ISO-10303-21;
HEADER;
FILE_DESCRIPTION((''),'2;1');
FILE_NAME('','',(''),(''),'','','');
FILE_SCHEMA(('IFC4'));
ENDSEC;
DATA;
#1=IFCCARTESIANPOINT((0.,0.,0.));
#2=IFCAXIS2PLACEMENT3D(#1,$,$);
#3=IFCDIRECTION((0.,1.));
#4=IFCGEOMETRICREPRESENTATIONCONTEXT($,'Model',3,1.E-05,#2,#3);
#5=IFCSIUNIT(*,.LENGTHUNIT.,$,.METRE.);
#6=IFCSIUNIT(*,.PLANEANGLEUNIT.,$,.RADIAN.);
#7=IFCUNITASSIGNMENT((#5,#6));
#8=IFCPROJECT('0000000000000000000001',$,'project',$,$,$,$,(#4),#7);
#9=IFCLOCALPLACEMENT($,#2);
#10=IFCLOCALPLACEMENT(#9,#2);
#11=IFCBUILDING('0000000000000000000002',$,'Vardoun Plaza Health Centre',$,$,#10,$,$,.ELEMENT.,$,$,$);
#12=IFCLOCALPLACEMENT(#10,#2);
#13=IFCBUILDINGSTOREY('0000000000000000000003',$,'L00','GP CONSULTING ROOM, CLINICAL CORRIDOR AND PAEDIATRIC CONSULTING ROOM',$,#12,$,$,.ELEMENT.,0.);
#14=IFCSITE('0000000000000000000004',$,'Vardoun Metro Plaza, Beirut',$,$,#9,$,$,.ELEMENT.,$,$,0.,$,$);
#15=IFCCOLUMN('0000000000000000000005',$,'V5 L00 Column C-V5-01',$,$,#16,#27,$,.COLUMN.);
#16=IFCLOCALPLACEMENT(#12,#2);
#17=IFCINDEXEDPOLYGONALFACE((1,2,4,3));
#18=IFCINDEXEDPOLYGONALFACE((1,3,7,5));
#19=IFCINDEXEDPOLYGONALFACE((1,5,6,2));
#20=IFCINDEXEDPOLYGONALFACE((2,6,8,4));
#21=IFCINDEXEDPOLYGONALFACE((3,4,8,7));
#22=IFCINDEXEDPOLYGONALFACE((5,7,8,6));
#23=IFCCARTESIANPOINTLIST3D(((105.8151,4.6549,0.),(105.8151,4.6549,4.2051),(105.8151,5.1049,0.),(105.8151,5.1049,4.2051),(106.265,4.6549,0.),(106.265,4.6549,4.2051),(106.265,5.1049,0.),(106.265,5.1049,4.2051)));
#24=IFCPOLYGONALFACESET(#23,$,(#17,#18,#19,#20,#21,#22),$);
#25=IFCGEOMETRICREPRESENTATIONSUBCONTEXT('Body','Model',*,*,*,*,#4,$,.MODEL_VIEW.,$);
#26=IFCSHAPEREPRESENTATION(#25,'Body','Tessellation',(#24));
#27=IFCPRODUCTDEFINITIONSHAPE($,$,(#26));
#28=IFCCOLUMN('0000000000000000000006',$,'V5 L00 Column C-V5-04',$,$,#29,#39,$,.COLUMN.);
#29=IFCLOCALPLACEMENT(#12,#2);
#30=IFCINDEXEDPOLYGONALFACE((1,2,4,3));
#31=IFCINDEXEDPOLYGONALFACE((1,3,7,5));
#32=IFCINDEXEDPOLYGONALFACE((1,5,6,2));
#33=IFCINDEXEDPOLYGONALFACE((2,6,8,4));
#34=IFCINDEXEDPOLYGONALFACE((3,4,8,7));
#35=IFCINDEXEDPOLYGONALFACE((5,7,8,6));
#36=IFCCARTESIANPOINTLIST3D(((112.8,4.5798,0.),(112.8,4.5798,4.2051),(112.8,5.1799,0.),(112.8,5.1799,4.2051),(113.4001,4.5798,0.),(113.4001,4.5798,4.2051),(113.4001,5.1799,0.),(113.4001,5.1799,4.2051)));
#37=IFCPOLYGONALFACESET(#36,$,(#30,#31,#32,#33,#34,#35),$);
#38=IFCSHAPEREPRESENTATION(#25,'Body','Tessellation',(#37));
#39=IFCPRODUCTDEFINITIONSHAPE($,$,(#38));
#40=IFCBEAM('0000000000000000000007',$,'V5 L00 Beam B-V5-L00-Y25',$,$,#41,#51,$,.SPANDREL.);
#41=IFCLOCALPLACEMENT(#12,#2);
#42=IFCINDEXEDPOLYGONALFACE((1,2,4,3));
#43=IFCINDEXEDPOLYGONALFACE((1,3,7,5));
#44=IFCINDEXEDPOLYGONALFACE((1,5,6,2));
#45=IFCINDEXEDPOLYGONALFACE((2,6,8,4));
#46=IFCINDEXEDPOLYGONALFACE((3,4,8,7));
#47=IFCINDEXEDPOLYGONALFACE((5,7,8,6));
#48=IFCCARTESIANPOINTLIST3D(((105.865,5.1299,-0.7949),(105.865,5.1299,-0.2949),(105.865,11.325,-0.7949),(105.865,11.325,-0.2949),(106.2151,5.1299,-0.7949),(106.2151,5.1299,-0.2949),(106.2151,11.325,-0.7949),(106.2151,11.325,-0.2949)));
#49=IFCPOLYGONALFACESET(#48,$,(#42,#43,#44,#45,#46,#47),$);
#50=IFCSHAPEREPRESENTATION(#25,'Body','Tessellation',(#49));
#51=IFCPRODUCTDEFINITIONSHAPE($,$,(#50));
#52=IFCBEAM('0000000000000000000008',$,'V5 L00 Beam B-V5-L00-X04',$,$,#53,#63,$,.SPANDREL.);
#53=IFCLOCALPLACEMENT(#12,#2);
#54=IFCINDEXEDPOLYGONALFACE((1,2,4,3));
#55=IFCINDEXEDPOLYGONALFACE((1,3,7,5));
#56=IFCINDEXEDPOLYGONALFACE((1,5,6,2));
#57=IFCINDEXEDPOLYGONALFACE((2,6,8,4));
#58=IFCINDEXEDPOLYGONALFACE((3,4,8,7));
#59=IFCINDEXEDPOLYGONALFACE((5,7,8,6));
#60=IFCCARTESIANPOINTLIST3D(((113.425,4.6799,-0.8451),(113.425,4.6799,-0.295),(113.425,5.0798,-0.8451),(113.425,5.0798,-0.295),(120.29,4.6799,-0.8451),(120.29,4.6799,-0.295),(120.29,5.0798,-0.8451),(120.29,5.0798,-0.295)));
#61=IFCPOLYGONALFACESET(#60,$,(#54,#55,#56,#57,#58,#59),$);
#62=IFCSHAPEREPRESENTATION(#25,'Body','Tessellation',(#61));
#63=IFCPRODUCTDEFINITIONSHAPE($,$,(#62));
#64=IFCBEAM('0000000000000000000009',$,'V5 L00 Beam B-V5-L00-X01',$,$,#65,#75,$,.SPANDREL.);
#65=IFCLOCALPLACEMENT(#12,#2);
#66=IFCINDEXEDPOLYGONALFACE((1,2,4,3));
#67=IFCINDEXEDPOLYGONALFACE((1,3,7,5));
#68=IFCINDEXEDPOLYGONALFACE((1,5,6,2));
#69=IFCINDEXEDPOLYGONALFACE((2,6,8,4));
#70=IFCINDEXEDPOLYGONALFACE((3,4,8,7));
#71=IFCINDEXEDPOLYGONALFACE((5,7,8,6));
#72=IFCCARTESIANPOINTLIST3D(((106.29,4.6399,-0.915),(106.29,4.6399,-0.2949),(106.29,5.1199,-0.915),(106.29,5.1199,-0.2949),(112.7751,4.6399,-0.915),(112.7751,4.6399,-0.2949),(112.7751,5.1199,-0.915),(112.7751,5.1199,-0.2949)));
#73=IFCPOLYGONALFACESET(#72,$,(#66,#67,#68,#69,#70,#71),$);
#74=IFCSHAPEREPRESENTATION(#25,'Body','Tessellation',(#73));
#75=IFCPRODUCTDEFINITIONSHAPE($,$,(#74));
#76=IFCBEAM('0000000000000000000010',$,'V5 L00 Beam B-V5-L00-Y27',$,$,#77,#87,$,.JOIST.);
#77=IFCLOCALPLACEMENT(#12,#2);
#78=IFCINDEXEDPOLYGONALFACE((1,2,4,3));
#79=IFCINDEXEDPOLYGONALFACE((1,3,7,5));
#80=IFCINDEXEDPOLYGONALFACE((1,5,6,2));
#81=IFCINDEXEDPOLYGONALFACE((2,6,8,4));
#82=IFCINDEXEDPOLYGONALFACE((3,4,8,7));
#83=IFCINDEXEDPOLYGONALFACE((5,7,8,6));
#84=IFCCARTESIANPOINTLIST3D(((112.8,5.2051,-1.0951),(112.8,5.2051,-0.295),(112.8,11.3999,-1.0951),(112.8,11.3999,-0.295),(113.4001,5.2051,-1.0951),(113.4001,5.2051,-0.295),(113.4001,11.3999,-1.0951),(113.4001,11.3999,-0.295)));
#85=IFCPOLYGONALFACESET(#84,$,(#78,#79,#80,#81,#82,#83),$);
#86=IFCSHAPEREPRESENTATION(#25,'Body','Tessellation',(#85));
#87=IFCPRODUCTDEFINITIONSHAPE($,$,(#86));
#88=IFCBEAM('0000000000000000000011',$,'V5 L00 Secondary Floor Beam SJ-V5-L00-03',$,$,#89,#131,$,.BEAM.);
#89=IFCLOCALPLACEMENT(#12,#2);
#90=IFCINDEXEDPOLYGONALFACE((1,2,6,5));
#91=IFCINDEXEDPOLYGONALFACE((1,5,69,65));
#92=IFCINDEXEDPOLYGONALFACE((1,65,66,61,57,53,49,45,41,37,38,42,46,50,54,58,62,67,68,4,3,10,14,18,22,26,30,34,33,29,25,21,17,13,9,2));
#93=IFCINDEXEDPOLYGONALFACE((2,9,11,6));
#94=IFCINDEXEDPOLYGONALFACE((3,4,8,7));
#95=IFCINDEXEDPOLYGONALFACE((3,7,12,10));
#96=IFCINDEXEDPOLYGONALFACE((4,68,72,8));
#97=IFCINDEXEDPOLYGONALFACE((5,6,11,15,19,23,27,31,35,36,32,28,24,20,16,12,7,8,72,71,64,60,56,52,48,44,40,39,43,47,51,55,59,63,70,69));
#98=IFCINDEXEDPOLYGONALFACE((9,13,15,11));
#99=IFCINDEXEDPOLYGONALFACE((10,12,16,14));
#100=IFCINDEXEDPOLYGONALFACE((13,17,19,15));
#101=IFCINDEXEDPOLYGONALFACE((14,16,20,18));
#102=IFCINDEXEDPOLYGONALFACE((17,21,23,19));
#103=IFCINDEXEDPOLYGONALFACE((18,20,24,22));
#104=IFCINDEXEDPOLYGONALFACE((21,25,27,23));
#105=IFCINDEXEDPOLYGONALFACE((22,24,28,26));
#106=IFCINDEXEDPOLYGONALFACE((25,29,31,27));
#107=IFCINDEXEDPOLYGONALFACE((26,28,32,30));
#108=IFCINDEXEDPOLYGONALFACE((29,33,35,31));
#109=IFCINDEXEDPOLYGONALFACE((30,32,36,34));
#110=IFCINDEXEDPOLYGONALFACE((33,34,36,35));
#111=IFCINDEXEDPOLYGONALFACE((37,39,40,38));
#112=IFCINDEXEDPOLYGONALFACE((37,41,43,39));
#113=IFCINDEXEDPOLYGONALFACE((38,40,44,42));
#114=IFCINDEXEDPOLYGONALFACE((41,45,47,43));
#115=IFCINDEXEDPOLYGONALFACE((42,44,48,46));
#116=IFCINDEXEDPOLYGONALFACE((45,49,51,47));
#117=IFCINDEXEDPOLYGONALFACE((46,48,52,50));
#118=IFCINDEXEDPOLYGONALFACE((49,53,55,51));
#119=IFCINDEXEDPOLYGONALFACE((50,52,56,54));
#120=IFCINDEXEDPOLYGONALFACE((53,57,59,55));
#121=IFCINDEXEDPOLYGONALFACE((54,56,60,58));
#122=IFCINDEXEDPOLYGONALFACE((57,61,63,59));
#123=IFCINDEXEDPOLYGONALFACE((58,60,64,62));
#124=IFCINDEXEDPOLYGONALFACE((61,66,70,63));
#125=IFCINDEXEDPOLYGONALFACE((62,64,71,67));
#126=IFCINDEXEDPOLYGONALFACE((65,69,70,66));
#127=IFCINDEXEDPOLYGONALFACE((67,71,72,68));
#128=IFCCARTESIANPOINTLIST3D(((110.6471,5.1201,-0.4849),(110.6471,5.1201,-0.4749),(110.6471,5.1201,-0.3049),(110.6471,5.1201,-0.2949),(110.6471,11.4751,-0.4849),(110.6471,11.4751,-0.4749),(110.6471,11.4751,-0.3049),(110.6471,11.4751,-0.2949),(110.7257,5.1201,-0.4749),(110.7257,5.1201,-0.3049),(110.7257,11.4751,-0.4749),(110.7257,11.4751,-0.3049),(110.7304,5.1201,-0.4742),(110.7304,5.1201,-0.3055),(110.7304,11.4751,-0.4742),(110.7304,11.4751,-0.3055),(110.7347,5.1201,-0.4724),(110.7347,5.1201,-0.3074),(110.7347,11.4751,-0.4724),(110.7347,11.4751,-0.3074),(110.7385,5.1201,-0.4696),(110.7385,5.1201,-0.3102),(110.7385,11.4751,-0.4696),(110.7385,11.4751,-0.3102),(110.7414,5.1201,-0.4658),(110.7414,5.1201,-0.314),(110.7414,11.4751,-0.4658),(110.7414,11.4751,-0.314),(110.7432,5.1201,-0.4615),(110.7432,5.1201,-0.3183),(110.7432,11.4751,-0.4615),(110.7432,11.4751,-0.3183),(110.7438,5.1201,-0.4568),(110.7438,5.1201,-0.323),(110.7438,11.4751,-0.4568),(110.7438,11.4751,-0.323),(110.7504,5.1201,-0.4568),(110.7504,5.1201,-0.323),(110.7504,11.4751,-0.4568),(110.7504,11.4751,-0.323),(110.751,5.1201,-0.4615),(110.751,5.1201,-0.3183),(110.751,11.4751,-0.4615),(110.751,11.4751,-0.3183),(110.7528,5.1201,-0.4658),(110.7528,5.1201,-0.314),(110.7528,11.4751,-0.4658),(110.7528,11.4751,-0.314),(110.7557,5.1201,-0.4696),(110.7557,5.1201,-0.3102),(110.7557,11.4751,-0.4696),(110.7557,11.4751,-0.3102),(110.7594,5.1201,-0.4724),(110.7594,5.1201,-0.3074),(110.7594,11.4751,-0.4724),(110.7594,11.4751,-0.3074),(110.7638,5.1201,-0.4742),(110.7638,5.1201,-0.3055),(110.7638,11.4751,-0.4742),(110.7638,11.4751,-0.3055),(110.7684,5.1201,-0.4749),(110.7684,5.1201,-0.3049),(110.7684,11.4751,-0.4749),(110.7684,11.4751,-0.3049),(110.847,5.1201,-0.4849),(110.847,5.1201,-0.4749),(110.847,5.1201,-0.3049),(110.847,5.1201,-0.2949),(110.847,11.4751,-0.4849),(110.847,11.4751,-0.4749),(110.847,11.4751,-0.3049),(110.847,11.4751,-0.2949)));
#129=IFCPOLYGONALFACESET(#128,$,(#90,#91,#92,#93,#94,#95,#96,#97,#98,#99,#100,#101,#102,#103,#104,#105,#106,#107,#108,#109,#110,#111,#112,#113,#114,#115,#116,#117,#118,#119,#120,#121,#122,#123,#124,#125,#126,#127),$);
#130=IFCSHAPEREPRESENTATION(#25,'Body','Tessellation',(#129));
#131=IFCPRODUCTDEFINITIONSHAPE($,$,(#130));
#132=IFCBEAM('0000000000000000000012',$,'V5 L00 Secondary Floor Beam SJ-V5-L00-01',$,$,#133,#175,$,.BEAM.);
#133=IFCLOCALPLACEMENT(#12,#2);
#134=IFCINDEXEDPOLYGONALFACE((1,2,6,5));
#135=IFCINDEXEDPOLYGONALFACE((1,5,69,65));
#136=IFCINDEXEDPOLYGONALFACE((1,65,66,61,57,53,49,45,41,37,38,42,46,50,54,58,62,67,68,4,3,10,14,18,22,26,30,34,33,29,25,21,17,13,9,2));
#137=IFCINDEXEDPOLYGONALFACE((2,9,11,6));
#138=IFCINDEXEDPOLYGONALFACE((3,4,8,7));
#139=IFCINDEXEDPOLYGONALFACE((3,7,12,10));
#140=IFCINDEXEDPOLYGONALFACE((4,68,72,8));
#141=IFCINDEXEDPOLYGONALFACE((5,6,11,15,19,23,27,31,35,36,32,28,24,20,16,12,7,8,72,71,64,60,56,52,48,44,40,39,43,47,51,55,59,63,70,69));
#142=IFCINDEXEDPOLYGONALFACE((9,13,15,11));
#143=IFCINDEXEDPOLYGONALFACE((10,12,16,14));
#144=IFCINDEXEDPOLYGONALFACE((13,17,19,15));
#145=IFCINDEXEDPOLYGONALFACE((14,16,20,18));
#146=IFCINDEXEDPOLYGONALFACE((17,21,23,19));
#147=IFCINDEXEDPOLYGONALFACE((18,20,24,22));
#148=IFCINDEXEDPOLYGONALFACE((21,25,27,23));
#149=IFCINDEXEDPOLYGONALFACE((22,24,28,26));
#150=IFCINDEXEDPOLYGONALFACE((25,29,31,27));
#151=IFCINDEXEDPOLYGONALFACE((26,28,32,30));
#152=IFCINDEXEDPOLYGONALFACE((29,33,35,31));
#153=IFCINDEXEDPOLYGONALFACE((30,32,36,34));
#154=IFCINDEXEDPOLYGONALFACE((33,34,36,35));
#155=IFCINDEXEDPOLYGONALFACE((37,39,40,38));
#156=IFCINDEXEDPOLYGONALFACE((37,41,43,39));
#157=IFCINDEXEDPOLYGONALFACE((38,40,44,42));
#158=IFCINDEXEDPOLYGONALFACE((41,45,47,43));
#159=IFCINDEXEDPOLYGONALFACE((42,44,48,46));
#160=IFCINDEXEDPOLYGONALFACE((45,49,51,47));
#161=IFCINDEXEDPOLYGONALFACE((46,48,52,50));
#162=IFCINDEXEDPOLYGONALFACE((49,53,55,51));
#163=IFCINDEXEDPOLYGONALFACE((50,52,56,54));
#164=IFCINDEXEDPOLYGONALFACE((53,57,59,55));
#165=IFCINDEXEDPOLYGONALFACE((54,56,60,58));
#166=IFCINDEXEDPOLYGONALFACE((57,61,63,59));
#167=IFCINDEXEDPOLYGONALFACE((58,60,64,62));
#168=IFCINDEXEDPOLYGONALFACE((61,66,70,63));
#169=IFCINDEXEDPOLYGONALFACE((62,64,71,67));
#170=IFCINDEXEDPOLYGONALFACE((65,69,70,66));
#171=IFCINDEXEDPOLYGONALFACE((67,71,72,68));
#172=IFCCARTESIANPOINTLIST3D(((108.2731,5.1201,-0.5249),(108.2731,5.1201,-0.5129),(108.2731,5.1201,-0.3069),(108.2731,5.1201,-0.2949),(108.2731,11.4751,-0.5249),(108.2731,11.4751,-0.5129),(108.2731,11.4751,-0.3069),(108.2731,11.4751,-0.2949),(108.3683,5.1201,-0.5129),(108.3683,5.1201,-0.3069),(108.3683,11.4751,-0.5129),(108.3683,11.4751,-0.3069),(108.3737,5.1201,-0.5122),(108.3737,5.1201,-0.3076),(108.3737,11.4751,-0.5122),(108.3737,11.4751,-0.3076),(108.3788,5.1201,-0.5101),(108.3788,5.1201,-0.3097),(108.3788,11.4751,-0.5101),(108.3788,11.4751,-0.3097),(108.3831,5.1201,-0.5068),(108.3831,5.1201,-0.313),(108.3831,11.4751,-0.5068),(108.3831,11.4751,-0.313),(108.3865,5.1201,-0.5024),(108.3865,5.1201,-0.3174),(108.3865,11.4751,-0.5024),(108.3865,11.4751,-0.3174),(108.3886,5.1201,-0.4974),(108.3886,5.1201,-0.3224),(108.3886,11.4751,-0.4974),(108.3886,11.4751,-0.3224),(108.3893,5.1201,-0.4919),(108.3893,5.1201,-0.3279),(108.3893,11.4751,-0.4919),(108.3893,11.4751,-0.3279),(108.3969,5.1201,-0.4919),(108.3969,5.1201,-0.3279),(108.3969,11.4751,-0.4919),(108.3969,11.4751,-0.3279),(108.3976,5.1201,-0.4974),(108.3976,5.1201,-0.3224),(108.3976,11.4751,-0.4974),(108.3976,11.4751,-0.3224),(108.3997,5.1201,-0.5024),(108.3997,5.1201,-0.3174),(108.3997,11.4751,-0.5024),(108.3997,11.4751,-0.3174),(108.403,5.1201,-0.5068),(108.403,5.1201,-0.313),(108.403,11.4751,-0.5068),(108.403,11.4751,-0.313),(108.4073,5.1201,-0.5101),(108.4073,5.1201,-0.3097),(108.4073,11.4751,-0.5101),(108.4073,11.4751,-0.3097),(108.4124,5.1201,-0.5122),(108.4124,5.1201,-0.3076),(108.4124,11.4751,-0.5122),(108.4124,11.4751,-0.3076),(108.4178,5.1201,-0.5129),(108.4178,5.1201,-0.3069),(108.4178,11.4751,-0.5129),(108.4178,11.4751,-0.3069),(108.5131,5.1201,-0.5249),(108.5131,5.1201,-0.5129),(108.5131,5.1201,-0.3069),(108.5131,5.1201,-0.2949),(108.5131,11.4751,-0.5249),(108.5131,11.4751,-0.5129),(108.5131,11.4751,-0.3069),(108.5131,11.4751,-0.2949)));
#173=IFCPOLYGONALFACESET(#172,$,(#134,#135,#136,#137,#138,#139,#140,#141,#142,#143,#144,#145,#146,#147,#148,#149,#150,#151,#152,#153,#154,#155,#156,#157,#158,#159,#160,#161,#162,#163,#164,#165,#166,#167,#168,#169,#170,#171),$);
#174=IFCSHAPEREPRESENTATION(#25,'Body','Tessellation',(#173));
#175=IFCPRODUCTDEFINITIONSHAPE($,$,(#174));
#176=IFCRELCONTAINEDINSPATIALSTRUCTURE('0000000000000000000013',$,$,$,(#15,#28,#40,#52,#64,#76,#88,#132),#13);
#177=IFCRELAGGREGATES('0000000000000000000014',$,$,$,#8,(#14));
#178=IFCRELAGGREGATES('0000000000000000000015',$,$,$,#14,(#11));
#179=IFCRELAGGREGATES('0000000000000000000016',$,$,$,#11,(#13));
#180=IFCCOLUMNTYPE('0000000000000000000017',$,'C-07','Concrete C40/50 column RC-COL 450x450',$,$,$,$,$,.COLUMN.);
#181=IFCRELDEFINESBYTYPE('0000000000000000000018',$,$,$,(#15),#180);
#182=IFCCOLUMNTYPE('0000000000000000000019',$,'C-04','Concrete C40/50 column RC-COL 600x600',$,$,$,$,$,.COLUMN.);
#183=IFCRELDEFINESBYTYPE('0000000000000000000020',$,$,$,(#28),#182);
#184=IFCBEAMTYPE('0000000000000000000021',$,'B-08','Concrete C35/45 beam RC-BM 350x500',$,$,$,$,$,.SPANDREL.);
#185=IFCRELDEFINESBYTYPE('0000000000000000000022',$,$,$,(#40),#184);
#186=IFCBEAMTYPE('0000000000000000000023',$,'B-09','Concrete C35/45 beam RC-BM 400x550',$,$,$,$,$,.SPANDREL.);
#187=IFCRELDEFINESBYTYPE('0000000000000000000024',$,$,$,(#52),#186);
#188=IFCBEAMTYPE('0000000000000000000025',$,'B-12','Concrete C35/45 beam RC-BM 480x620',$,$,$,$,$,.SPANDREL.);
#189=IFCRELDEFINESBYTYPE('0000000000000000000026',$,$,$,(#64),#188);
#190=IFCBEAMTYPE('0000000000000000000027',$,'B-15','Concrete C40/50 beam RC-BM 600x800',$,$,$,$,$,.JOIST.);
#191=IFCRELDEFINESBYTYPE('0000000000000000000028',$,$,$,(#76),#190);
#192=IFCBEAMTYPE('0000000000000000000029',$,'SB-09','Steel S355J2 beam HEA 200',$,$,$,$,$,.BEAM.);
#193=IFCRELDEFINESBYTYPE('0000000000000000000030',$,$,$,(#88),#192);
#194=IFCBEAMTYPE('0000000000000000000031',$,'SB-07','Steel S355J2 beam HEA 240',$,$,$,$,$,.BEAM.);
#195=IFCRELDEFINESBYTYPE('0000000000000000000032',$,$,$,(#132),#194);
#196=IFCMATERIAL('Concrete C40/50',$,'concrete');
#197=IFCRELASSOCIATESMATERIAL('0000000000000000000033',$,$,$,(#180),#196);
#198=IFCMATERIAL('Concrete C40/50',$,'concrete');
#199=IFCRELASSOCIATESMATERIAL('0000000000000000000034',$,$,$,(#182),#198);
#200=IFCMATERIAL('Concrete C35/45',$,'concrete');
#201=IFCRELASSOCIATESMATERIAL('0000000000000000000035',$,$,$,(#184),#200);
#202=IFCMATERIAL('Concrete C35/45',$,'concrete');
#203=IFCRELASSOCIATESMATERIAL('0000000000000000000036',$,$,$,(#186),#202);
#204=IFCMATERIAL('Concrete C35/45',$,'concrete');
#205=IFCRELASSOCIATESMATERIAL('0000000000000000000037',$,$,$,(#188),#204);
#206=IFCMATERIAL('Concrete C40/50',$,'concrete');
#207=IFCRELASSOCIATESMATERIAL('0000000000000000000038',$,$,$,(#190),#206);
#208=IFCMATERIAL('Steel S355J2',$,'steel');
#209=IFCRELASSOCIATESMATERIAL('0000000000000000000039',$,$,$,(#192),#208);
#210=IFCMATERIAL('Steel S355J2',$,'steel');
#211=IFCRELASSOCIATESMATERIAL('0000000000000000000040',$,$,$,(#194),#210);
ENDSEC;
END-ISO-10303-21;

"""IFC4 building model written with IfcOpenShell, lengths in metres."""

from ifc_helpers import new_model, si_unit, direction, frame, origin, origin_2d, place, context, subcontext, project, spatial, rectangle, i_section, extrude, material, material_profile, profile_set, type_object, element, save


model = new_model("IFC4")

# Units and contexts
model_context = context("Model", 3, precision=1e-05, world=origin(), true_north=direction((0.0, 1.0)))
body_context = subcontext(model_context, "Body", "Model", "MODEL_VIEW")
ifc_project = project(units=[si_unit("LENGTHUNIT", "METRE"), si_unit("PLANEANGLEUNIT", "RADIAN")], contexts=[model_context])

# Site, building, storey
site_placement = place(None, origin())
site = spatial("IfcSite", under=ifc_project, at=site_placement, Name="Vardoun Metro Plaza, Beirut", CompositionType="ELEMENT", RefElevation=0.0)
building_placement = place(site_placement, origin())
building = spatial("IfcBuilding", under=site, at=building_placement, Name="Vardoun Plaza Health Centre", CompositionType="ELEMENT")
storey_placement = place(building_placement, origin())
storey = spatial("IfcBuildingStorey", under=building, at=storey_placement, Name="L00", Description="GP CONSULTING ROOM, CLINICAL CORRIDOR AND PAEDIATRIC CONSULTING ROOM", CompositionType="ELEMENT", Elevation=0.0)

# Columns
ifc_material_1 = material(Name="Concrete C40/50", Category="concrete")
ifc_material_profile_1 = material_profile(ifc_material_1, rectangle(XDim=0.45, YDim=0.45, at=origin_2d()), Name="RC-COL 450x450")
ifc_profile_set_1 = profile_set([ifc_material_profile_1], Name="Concrete C40/50")
column_type_1 = type_object("IfcColumnType", Name="C-07", Description="Concrete C40/50 column RC-COL 450x450", PredefinedType="COLUMN", material=ifc_profile_set_1)
column_1_placement = place(storey_placement, frame((106.04, 4.8799, 0.0), z_axis=(0.0, 0.0, 1.0), x_axis=(1.0, 0.0, 0.0)))
element("IfcColumn", 1, at=column_1_placement, inside=storey, type_object=column_type_1, Name="V5 L00 Column C-V5-01", PredefinedType="COLUMN", context=body_context, shape_type="SweptSolid", body=[
    extrude(rectangle(XDim=0.45, YDim=0.45, at=origin_2d()), origin(), (0.0, 0.0, 1.0), 4.2051),
])
ifc_material_2 = material(Name="Concrete C40/50", Category="concrete")
ifc_material_profile_2 = material_profile(ifc_material_2, rectangle(XDim=0.6001, YDim=0.6001, at=origin_2d()), Name="RC-COL 600x600")
ifc_profile_set_2 = profile_set([ifc_material_profile_2], Name="Concrete C40/50")
column_type_2 = type_object("IfcColumnType", Name="C-04", Description="Concrete C40/50 column RC-COL 600x600", PredefinedType="COLUMN", material=ifc_profile_set_2)
column_2_placement = place(storey_placement, frame((113.1001, 4.8799, 0.0), z_axis=(0.0, 0.0, 1.0), x_axis=(1.0, 0.0, 0.0)))
element("IfcColumn", 2, at=column_2_placement, inside=storey, type_object=column_type_2, Name="V5 L00 Column C-V5-04", PredefinedType="COLUMN", context=body_context, shape_type="SweptSolid", body=[
    extrude(rectangle(XDim=0.6001, YDim=0.6001, at=origin_2d()), origin(), (0.0, 0.0, 1.0), 4.2051),
])

# Beams
ifc_material_3 = material(Name="Concrete C35/45", Category="concrete")
ifc_material_profile_3 = material_profile(ifc_material_3, rectangle(XDim=0.3501, YDim=0.5, at=origin_2d()), Name="RC-BM 350x500")
ifc_profile_set_3 = profile_set([ifc_material_profile_3], Name="Concrete C35/45")
beam_type_1 = type_object("IfcBeamType", Name="B-08", Description="Concrete C35/45 beam RC-BM 350x500", PredefinedType="SPANDREL", material=ifc_profile_set_3)
beam_1_placement = place(storey_placement, frame((106.04, 5.1299, -0.5449), z_axis=(0.0, 1.0, 0.0), x_axis=(-1.0, 0.0, 0.0)))
element("IfcBeam", 3, at=beam_1_placement, inside=storey, type_object=beam_type_1, Name="V5 L00 Beam B-V5-L00-Y25", PredefinedType="SPANDREL", context=body_context, shape_type="SweptSolid", body=[
    extrude(rectangle(XDim=0.3501, YDim=0.5, at=origin_2d()), origin(), (0.0, 0.0, 1.0), 6.1951),
])
ifc_material_4 = material(Name="Concrete C35/45", Category="concrete")
ifc_material_profile_4 = material_profile(ifc_material_4, rectangle(XDim=0.3999, YDim=0.55, at=origin_2d()), Name="RC-BM 400x550")
ifc_profile_set_4 = profile_set([ifc_material_profile_4], Name="Concrete C35/45")
beam_type_2 = type_object("IfcBeamType", Name="B-09", Description="Concrete C35/45 beam RC-BM 400x550", PredefinedType="SPANDREL", material=ifc_profile_set_4)
beam_2_placement = place(storey_placement, frame((113.425, 4.8799, -0.5701), z_axis=(1.0, 0.0, 0.0), x_axis=(0.0, 1.0, 0.0)))
element("IfcBeam", 4, at=beam_2_placement, inside=storey, type_object=beam_type_2, Name="V5 L00 Beam B-V5-L00-X04", PredefinedType="SPANDREL", context=body_context, shape_type="SweptSolid", body=[
    extrude(rectangle(XDim=0.3999, YDim=0.55, at=origin_2d()), origin(), (0.0, 0.0, 1.0), 6.865),
])
ifc_material_5 = material(Name="Concrete C35/45", Category="concrete")
ifc_material_profile_5 = material_profile(ifc_material_5, rectangle(XDim=0.48, YDim=0.6201, at=origin_2d()), Name="RC-BM 480x620")
ifc_profile_set_5 = profile_set([ifc_material_profile_5], Name="Concrete C35/45")
beam_type_3 = type_object("IfcBeamType", Name="B-12", Description="Concrete C35/45 beam RC-BM 480x620", PredefinedType="SPANDREL", material=ifc_profile_set_5)
beam_3_placement = place(storey_placement, frame((106.29, 4.8799, -0.605), z_axis=(1.0, 0.0, 0.0), x_axis=(0.0, 1.0, 0.0)))
element("IfcBeam", 5, at=beam_3_placement, inside=storey, type_object=beam_type_3, Name="V5 L00 Beam B-V5-L00-X01", PredefinedType="SPANDREL", context=body_context, shape_type="SweptSolid", body=[
    extrude(rectangle(XDim=0.48, YDim=0.6201, at=origin_2d()), origin(), (0.0, 0.0, 1.0), 6.4851),
])
ifc_material_6 = material(Name="Concrete C40/50", Category="concrete")
ifc_material_profile_6 = material_profile(ifc_material_6, rectangle(XDim=0.6001, YDim=0.8, at=origin_2d()), Name="RC-BM 600x800")
ifc_profile_set_6 = profile_set([ifc_material_profile_6], Name="Concrete C40/50")
beam_type_4 = type_object("IfcBeamType", Name="B-15", Description="Concrete C40/50 beam RC-BM 600x800", PredefinedType="JOIST", material=ifc_profile_set_6)
beam_4_placement = place(storey_placement, frame((113.1001, 5.2051, -0.6951), z_axis=(0.0, 1.0, 0.0), x_axis=(-1.0, 0.0, 0.0)))
element("IfcBeam", 6, at=beam_4_placement, inside=storey, type_object=beam_type_4, Name="V5 L00 Beam B-V5-L00-Y27", PredefinedType="JOIST", context=body_context, shape_type="SweptSolid", body=[
    extrude(rectangle(XDim=0.6001, YDim=0.8, at=origin_2d()), origin(), (0.0, 0.0, 1.0), 6.1948),
])
ifc_material_7 = material(Name="Steel S355J2", Category="steel")
ifc_material_profile_7 = material_profile(ifc_material_7, i_section(OverallWidth=0.2, OverallDepth=0.1899, WebThickness=0.0066, FlangeThickness=0.01, FilletRadius=0.0181, at=origin_2d()), Name="HEA 200")
ifc_profile_set_7 = profile_set([ifc_material_profile_7], Name="Steel S355J2")
beam_type_5 = type_object("IfcBeamType", Name="SB-09", Description="Steel S355J2 beam HEA 200", PredefinedType="BEAM", material=ifc_profile_set_7)
beam_5_placement = place(storey_placement, frame((110.7471, 5.1201, -0.3899), z_axis=(0.0, 1.0, 0.0), x_axis=(-1.0, 0.0, 0.0)))
element("IfcBeam", 7, at=beam_5_placement, inside=storey, type_object=beam_type_5, Name="V5 L00 Secondary Floor Beam SJ-V5-L00-03", PredefinedType="BEAM", context=body_context, shape_type="SweptSolid", body=[
    extrude(i_section(OverallWidth=0.2, OverallDepth=0.1899, WebThickness=0.0066, FlangeThickness=0.01, FilletRadius=0.0181, at=origin_2d()), origin(), (0.0, 0.0, 1.0), 6.355),
])
ifc_material_8 = material(Name="Steel S355J2", Category="steel")
ifc_material_profile_8 = material_profile(ifc_material_8, i_section(OverallWidth=0.24, OverallDepth=0.23, WebThickness=0.0076, FlangeThickness=0.012, FilletRadius=0.021, at=origin_2d()), Name="HEA 240")
ifc_profile_set_8 = profile_set([ifc_material_profile_8], Name="Steel S355J2")
beam_type_6 = type_object("IfcBeamType", Name="SB-07", Description="Steel S355J2 beam HEA 240", PredefinedType="BEAM", material=ifc_profile_set_8)
beam_6_placement = place(storey_placement, frame((108.3931, 5.1201, -0.4099), z_axis=(0.0, 1.0, 0.0), x_axis=(-1.0, 0.0, 0.0)))
element("IfcBeam", 8, at=beam_6_placement, inside=storey, type_object=beam_type_6, Name="V5 L00 Secondary Floor Beam SJ-V5-L00-01", PredefinedType="BEAM", context=body_context, shape_type="SweptSolid", body=[
    extrude(i_section(OverallWidth=0.24, OverallDepth=0.23, WebThickness=0.0076, FlangeThickness=0.012, FilletRadius=0.021, at=origin_2d()), origin(), (0.0, 0.0, 1.0), 6.355),
])

save(model, "model.ifc")
